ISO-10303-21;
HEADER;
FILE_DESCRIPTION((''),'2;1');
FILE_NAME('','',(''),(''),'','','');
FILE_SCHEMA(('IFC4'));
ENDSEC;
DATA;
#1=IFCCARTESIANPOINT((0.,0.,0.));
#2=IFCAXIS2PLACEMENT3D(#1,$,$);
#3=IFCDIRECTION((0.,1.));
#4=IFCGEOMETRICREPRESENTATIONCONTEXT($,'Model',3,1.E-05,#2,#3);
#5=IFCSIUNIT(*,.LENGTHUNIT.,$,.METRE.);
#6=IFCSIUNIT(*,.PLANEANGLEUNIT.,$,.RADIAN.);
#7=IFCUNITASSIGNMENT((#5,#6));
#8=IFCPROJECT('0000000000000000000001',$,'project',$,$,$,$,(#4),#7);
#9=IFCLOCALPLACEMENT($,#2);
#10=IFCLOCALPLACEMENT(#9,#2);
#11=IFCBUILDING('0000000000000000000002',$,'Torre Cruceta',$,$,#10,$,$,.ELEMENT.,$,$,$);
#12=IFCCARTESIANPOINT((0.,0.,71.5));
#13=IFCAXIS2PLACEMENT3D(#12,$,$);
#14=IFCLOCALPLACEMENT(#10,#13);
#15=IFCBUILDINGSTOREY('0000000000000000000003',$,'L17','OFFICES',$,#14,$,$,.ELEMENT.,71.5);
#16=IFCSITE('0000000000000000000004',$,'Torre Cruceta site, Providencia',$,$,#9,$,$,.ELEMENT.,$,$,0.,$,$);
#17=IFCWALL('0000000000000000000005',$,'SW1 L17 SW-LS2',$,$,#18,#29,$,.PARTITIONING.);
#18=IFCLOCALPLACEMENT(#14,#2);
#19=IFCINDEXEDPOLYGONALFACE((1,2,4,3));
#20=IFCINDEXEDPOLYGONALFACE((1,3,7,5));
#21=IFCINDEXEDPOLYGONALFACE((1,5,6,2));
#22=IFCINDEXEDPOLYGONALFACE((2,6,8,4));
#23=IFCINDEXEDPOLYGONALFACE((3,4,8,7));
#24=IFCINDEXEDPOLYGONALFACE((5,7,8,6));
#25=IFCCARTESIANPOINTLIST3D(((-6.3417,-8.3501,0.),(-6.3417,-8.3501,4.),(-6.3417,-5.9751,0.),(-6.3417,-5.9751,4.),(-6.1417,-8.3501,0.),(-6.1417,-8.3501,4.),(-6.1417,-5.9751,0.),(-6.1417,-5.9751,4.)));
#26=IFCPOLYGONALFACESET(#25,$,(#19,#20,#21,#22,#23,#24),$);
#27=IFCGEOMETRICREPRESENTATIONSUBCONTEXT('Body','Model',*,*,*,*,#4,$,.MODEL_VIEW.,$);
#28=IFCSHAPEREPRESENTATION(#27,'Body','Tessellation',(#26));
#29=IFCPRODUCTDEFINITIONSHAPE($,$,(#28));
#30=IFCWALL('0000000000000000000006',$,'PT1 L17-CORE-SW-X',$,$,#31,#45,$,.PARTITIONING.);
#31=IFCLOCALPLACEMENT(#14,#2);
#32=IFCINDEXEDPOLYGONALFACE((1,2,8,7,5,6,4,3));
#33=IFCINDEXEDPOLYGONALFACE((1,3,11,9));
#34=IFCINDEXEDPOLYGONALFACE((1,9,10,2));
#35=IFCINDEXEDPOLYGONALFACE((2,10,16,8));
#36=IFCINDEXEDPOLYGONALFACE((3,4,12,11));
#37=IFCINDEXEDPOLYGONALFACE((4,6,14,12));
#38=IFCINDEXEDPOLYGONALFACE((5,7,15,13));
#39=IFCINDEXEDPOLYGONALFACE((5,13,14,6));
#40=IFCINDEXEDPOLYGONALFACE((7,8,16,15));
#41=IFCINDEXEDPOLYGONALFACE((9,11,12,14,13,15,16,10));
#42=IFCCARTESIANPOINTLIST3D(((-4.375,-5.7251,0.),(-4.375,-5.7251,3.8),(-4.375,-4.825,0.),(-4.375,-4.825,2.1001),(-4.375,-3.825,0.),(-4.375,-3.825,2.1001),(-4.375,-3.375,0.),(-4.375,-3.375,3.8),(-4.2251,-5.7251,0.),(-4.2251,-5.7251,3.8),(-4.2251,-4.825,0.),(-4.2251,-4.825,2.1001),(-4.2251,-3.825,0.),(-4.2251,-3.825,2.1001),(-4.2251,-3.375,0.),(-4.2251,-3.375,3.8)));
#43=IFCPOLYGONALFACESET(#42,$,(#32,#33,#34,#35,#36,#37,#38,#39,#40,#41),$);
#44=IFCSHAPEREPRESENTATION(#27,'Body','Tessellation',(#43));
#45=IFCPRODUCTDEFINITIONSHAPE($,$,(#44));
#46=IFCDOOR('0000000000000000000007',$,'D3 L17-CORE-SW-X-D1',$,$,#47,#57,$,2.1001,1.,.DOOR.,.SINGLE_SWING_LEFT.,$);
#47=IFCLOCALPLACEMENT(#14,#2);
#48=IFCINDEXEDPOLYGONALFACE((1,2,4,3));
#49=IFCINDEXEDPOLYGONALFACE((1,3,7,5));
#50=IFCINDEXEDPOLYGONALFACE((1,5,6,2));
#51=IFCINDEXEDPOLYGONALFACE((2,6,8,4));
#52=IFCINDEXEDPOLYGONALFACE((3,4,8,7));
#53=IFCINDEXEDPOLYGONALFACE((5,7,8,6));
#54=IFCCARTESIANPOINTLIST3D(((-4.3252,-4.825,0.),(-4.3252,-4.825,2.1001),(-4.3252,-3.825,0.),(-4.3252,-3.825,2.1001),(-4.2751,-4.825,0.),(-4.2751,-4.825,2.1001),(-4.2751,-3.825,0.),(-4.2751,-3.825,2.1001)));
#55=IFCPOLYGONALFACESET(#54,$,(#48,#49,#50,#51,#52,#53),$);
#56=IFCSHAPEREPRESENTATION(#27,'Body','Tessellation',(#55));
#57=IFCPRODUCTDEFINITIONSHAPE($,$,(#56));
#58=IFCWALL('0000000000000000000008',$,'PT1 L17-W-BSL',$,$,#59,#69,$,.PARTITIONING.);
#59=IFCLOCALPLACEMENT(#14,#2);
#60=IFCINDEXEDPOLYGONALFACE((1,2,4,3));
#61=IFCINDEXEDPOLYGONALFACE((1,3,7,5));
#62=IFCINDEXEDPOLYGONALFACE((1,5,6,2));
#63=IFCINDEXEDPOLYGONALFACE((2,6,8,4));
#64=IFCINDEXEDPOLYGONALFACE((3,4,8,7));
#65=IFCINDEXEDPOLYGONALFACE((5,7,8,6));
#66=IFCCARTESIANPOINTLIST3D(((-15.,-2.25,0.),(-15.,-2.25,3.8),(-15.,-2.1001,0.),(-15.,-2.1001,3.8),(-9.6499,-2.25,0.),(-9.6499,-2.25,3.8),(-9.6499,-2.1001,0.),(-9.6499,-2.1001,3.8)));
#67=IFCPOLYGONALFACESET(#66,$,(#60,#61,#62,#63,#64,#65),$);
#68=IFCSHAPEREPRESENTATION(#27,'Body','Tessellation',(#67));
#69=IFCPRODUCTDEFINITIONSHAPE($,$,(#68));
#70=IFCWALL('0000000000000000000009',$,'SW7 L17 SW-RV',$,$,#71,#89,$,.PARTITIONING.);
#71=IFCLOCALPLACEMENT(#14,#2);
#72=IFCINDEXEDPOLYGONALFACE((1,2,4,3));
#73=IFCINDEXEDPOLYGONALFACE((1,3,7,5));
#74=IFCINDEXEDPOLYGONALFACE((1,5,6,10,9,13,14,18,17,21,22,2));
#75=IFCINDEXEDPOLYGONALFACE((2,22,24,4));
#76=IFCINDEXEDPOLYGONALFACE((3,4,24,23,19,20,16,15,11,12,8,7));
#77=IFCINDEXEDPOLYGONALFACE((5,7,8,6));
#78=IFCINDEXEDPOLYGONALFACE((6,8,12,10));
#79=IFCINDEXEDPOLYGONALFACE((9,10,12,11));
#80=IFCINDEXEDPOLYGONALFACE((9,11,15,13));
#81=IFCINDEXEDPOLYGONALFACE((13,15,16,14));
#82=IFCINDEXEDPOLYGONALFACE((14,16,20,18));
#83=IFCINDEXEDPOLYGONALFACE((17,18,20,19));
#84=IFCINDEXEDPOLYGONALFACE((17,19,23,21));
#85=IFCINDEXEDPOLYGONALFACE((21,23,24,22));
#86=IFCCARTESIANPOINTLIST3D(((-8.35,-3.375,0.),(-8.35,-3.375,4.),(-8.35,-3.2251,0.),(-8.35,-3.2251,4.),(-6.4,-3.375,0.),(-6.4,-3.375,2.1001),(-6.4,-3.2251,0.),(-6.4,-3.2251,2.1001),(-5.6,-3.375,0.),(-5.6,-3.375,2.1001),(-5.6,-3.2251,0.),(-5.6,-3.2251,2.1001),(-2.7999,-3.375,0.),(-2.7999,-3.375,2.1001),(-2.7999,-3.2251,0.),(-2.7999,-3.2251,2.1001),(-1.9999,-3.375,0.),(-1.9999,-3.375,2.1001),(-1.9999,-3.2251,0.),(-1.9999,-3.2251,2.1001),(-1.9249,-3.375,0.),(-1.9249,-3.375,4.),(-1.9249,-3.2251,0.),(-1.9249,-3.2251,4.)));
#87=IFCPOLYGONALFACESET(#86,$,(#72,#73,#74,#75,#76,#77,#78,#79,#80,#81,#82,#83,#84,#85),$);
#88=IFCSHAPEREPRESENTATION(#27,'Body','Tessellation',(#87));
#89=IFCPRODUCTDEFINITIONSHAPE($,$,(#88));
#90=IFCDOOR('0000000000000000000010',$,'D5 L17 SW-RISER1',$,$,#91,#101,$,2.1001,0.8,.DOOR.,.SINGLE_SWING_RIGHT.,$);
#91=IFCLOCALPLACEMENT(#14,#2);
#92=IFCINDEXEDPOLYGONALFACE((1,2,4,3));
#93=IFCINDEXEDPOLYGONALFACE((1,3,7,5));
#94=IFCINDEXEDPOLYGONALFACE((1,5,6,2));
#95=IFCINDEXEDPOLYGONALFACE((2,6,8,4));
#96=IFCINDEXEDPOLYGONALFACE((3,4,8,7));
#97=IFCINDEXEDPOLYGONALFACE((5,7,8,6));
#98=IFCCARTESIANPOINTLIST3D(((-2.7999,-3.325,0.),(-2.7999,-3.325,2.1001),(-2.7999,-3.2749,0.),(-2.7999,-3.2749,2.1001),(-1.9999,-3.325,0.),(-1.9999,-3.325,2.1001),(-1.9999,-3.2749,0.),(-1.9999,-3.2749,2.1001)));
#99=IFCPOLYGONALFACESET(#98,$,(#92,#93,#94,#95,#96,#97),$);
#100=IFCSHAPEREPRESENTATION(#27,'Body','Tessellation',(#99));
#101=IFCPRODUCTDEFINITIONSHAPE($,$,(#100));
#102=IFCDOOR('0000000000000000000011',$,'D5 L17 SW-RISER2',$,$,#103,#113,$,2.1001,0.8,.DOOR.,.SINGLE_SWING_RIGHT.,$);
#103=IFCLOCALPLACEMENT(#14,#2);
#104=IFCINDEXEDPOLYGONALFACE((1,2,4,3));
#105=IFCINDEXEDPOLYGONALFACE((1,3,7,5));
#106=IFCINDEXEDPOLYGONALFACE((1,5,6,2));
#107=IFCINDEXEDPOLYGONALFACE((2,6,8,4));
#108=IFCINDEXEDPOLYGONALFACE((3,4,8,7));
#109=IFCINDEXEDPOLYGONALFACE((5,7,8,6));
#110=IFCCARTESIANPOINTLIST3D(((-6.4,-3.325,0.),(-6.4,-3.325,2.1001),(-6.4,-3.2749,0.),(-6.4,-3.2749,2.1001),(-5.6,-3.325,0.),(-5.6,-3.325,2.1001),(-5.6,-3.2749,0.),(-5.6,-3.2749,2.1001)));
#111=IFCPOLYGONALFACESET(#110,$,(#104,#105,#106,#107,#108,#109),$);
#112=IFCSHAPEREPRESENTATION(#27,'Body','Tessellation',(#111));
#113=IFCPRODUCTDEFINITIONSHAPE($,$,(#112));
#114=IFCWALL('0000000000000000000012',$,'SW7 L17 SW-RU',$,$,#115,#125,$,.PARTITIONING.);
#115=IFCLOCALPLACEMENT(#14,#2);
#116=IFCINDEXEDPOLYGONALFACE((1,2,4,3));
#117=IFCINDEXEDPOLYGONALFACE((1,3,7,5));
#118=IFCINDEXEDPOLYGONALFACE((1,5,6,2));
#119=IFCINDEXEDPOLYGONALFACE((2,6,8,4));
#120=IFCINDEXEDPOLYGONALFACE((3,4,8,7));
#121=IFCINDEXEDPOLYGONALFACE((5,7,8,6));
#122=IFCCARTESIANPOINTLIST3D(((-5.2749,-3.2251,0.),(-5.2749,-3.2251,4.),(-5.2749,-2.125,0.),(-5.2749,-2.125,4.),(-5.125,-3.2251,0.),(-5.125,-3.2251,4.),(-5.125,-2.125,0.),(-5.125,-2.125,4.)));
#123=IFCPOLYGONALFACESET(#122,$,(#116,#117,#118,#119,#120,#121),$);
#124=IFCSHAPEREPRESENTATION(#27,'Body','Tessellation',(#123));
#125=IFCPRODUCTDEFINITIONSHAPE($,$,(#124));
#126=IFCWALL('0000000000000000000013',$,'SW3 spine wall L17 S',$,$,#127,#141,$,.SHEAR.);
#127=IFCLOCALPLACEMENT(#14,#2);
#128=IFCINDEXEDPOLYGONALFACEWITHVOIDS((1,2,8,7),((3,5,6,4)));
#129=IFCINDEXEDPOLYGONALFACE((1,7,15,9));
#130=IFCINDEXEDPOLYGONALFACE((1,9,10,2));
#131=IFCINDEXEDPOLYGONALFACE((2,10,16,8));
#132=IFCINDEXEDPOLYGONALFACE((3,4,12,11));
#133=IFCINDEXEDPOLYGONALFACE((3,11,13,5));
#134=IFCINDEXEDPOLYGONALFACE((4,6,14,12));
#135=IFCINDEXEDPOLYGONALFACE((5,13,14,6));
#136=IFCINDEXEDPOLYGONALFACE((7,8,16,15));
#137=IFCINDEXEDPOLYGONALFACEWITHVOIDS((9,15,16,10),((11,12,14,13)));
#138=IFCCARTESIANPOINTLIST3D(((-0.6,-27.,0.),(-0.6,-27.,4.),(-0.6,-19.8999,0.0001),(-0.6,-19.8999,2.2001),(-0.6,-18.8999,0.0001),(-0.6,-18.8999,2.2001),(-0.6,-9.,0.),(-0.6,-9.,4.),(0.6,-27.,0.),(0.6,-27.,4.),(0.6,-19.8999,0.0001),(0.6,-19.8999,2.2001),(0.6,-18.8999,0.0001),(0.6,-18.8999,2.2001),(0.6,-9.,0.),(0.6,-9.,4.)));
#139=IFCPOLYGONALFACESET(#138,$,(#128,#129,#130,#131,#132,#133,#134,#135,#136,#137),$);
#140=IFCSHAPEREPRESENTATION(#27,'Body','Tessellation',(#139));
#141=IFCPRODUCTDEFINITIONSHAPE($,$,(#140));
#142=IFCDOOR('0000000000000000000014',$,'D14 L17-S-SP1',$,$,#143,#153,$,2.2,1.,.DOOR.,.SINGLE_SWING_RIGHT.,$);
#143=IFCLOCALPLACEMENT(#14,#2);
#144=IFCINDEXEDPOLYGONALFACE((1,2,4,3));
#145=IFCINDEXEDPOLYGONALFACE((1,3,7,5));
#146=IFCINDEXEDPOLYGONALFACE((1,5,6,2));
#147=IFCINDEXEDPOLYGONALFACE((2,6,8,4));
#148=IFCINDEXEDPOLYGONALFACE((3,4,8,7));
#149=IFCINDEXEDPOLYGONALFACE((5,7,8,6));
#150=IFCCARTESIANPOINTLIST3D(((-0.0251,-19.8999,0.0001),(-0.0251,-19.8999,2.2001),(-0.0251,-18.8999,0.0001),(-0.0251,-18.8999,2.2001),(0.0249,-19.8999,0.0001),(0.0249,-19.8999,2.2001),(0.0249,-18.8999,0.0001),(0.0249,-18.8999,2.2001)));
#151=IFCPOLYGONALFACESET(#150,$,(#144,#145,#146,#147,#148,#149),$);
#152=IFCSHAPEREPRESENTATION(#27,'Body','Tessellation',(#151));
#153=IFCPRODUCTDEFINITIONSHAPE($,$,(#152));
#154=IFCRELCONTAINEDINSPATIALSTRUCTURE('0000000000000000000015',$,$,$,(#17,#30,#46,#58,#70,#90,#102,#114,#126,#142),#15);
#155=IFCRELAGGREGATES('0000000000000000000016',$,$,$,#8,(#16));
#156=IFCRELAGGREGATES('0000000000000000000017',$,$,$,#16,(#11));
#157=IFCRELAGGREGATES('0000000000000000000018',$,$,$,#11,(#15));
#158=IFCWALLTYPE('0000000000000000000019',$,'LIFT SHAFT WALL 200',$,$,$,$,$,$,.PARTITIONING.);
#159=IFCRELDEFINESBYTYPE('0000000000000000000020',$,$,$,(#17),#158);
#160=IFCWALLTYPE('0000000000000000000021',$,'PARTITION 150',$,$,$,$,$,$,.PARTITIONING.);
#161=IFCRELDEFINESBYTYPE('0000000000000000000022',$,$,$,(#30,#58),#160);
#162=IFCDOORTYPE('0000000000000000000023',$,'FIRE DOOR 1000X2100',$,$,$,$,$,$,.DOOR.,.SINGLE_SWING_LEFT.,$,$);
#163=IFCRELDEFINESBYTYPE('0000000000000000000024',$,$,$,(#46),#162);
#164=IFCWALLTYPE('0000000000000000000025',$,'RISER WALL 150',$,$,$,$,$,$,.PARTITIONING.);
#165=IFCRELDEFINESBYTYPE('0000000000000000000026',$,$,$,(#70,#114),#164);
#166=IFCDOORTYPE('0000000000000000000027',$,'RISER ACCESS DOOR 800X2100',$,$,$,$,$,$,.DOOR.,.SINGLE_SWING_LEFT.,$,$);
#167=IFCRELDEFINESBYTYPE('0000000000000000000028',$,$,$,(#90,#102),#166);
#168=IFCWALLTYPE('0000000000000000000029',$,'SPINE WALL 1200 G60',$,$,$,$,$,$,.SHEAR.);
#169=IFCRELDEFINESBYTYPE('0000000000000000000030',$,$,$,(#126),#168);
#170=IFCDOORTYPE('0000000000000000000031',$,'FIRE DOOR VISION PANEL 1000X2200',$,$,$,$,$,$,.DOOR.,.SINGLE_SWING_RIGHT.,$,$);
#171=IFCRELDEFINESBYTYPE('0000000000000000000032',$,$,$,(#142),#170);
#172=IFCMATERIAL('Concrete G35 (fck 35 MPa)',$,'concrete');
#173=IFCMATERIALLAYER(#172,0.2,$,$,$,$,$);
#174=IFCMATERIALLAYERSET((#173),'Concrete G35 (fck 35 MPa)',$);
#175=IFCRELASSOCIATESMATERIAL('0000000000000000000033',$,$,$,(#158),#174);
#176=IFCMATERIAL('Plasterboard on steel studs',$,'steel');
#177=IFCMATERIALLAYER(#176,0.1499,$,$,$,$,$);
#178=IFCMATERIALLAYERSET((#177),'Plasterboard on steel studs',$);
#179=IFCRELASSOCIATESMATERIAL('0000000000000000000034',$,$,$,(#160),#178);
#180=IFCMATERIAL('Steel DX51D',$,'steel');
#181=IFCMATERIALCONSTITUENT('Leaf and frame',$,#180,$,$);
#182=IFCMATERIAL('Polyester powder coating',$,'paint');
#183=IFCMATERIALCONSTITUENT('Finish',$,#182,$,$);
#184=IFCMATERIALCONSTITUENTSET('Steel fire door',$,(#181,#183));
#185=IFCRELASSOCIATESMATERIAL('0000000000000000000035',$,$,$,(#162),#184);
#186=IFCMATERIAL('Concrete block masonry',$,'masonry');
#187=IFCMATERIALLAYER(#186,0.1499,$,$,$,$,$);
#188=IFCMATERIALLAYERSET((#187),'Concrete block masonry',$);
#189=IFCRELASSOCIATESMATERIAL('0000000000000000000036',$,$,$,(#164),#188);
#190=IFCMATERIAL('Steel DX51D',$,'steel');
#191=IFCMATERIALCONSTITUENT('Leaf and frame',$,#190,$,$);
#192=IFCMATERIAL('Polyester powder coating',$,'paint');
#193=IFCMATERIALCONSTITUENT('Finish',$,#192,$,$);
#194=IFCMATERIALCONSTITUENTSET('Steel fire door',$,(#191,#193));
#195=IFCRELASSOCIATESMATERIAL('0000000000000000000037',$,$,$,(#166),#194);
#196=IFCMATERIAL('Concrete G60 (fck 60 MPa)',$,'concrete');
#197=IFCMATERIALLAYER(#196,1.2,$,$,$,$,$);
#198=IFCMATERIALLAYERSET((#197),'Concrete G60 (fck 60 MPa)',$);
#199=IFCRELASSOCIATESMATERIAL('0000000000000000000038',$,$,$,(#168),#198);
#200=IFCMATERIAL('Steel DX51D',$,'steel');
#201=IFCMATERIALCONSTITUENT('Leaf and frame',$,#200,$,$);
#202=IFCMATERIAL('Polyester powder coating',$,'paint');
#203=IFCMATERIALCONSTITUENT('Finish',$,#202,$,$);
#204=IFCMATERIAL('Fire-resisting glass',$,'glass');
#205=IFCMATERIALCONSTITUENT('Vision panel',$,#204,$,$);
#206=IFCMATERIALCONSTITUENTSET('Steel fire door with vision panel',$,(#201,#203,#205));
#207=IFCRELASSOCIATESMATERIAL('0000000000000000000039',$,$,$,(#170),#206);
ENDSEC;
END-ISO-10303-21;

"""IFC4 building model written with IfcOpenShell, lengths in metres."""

from ifc_helpers import new_model, si_unit, direction, frame, frame_2d, origin, place, context, subcontext, project, spatial, rectangle, extrude, material, layer, layer_set, constituent, constituent_set, type_object, element, fill, save


model = new_model("IFC4")

# Units and contexts
model_context = context("Model", 3, precision=1e-05, world=origin(), true_north=direction((0.0, 1.0)))
body_context = subcontext(model_context, "Body", "Model", "MODEL_VIEW")
ifc_project = project(units=[si_unit("LENGTHUNIT", "METRE"), si_unit("PLANEANGLEUNIT", "RADIAN")], contexts=[model_context])

# Site, building, storey
site_placement = place(None, origin())
site = spatial("IfcSite", under=ifc_project, at=site_placement, Name="Torre Cruceta site, Providencia", CompositionType="ELEMENT", RefElevation=0.0)
building_placement = place(site_placement, origin())
building = spatial("IfcBuilding", under=site, at=building_placement, Name="Torre Cruceta", CompositionType="ELEMENT")
storey_placement = place(building_placement, frame((0.0, 0.0, 71.5)))
storey = spatial("IfcBuildingStorey", under=building, at=storey_placement, Name="L17", Description="OFFICES", CompositionType="ELEMENT", Elevation=71.5)

# Wall
ifc_material_1 = material(Name="Concrete G35 (fck 35 MPa)", Category="concrete")
ifc_layer_1 = layer(ifc_material_1, 0.2)
ifc_layer_set_1 = layer_set([ifc_layer_1], Name="Concrete G35 (fck 35 MPa)")
wall_type_1 = type_object("IfcWallType", Name="LIFT SHAFT WALL 200", PredefinedType="PARTITIONING", material=ifc_layer_set_1)
for number, where, z_axis, x_axis, name in (
    (1, (-6.2417, -5.9751, 0.0), (0.0, 0.0, 1.0), (0.0, -1.0, 0.0), "SW1 L17 SW-LS2"),
):
    element("IfcWall", number, at=place(storey_placement, frame(where, z_axis=z_axis, x_axis=x_axis)), inside=storey, type_object=wall_type_1, Name=name, PredefinedType="PARTITIONING", context=body_context, shape_type="SweptSolid", body=[
        extrude(rectangle(XDim=2.375, YDim=0.2, at=frame_2d((1.1875, 0.0))), origin(), (0.0, 0.0, 1.0), 4.0),
    ])

# Wall, opening, door
ifc_material_2 = material(Name="Plasterboard on steel studs", Category="steel")
ifc_layer_2 = layer(ifc_material_2, 0.1499)
ifc_layer_set_2 = layer_set([ifc_layer_2], Name="Plasterboard on steel studs")
wall_type_2 = type_object("IfcWallType", Name="PARTITION 150", PredefinedType="PARTITIONING", material=ifc_layer_set_2)
wall_1_placement = place(storey_placement, frame((-4.3, -3.375, 0.0), z_axis=(0.0, 0.0, 1.0), x_axis=(0.0, -1.0, 0.0)))
wall_1 = element("IfcWall", 2, at=wall_1_placement, inside=storey, type_object=wall_type_2, Name="PT1 L17-CORE-SW-X", PredefinedType="PARTITIONING", context=body_context, shape_type="SweptSolid", body=[
    extrude(rectangle(XDim=2.3501, YDim=0.1499, at=frame_2d((1.175, 0.0))), origin(), (0.0, 0.0, 1.0), 3.8),
])
opening_1_placement = place(wall_1_placement, frame((0.45, 0.0, 0.0)))
opening_1 = element("IfcOpeningElement", 3, at=opening_1_placement, cuts=wall_1, PredefinedType="OPENING", context=body_context, shape_type="SweptSolid", body=[
    extrude(rectangle(XDim=1.0, YDim=2.1001, at=frame_2d((0.5, 1.05))), frame((0.0, 0.085, 0.0), z_axis=(0.0, -1.0, 0.0), x_axis=(1.0, 0.0, 0.0)), (0.0, 0.0, 1.0), 0.1699),
])
ifc_material_3 = material(Name="Steel DX51D", Category="steel")
ifc_constituent_1 = constituent(ifc_material_3, Name="Leaf and frame")
ifc_material_4 = material(Name="Polyester powder coating", Category="paint")
ifc_constituent_2 = constituent(ifc_material_4, Name="Finish")
ifc_constituent_set_1 = constituent_set(constituents=[ifc_constituent_1, ifc_constituent_2], Name="Steel fire door")
door_type_1 = type_object("IfcDoorType", Name="FIRE DOOR 1000X2100", OperationType="SINGLE_SWING_LEFT", PredefinedType="DOOR", material=ifc_constituent_set_1)
door_1_placement = place(opening_1_placement, origin())
door_1 = element("IfcDoor", 4, at=door_1_placement, inside=storey, type_object=door_type_1, Name="D3 L17-CORE-SW-X-D1", OperationType="SINGLE_SWING_LEFT", OverallHeight=2.1001, OverallWidth=1.0, PredefinedType="DOOR", context=body_context, shape_type="SweptSolid", body=[
    extrude(rectangle(XDim=1.0, YDim=2.1001, at=frame_2d((0.5, 1.05))), frame((0.0, 0.0249, 0.0), z_axis=(0.0, -1.0, 0.0), x_axis=(1.0, 0.0, 0.0)), (0.0, 0.0, 1.0), 0.05),
])
fill(opening_1, door_1)

# Wall
wall_2_placement = place(storey_placement, frame((-9.6499, -2.175, 0.0), z_axis=(0.0, 0.0, 1.0), x_axis=(-1.0, 0.0, 0.0)))
element("IfcWall", 5, at=wall_2_placement, inside=storey, type_object=wall_type_2, Name="PT1 L17-W-BSL", PredefinedType="PARTITIONING", context=body_context, shape_type="SweptSolid", body=[
    extrude(rectangle(XDim=5.3501, YDim=0.1499, at=frame_2d((2.675, 0.0))), origin(), (0.0, 0.0, 1.0), 3.8),
])

# Wall, openings, doors
ifc_material_5 = material(Name="Concrete block masonry", Category="masonry")
ifc_layer_3 = layer(ifc_material_5, 0.1499)
ifc_layer_set_3 = layer_set([ifc_layer_3], Name="Concrete block masonry")
wall_type_3 = type_object("IfcWallType", Name="RISER WALL 150", PredefinedType="PARTITIONING", material=ifc_layer_set_3)
wall_3_placement = place(storey_placement, frame((-1.925, -3.3, 0.0), z_axis=(0.0, 0.0, 1.0), x_axis=(-1.0, 0.0, 0.0)))
wall_3 = element("IfcWall", 6, at=wall_3_placement, inside=storey, type_object=wall_type_3, Name="SW7 L17 SW-RV", PredefinedType="PARTITIONING", context=body_context, shape_type="SweptSolid", body=[
    extrude(rectangle(XDim=6.425, YDim=0.1499, at=frame_2d((3.2124, 0.0))), origin(), (0.0, 0.0, 1.0), 4.0),
])
opening_2_placement = place(wall_3_placement, frame((0.075, 0.0, 0.0)))
opening_2 = element("IfcOpeningElement", 7, at=opening_2_placement, cuts=wall_3, PredefinedType="OPENING", context=body_context, shape_type="SweptSolid", body=[
    extrude(rectangle(XDim=0.8, YDim=2.1001, at=frame_2d((0.3999, 1.05))), frame((0.0, 0.085, 0.0), z_axis=(0.0, -1.0, 0.0), x_axis=(1.0, 0.0, 0.0)), (0.0, 0.0, 1.0), 0.1699),
])
opening_3_placement = place(wall_3_placement, frame((3.675, 0.0, 0.0)))
opening_3 = element("IfcOpeningElement", 8, at=opening_3_placement, cuts=wall_3, PredefinedType="OPENING", context=body_context, shape_type="SweptSolid", body=[
    extrude(rectangle(XDim=0.8, YDim=2.1001, at=frame_2d((0.3999, 1.05))), frame((0.0, 0.085, 0.0), z_axis=(0.0, -1.0, 0.0), x_axis=(1.0, 0.0, 0.0)), (0.0, 0.0, 1.0), 0.1699),
])
ifc_material_6 = material(Name="Steel DX51D", Category="steel")
ifc_constituent_3 = constituent(ifc_material_6, Name="Leaf and frame")
ifc_material_7 = material(Name="Polyester powder coating", Category="paint")
ifc_constituent_4 = constituent(ifc_material_7, Name="Finish")
ifc_constituent_set_2 = constituent_set(constituents=[ifc_constituent_3, ifc_constituent_4], Name="Steel fire door")
door_type_2 = type_object("IfcDoorType", Name="RISER ACCESS DOOR 800X2100", OperationType="SINGLE_SWING_LEFT", PredefinedType="DOOR", material=ifc_constituent_set_2)
door_2_placement = place(opening_2_placement, frame((0.8, 0.0, 0.0), z_axis=(0.0, 0.0, 1.0), x_axis=(-1.0, 0.0, 0.0)))
door_2 = element("IfcDoor", 9, at=door_2_placement, inside=storey, type_object=door_type_2, Name="D5 L17 SW-RISER1", OperationType="SINGLE_SWING_RIGHT", OverallHeight=2.1001, OverallWidth=0.8, PredefinedType="DOOR", context=body_context, shape_type="SweptSolid", body=[
    extrude(rectangle(XDim=0.8, YDim=2.1001, at=frame_2d((0.4001, 1.05))), frame((0.0, 0.0251, 0.0), z_axis=(0.0, -1.0, 0.0), x_axis=(1.0, 0.0, 0.0)), (0.0, 0.0, 1.0), 0.05),
])
fill(opening_2, door_2)
door_3_placement = place(opening_3_placement, frame((0.8, 0.0, 0.0), z_axis=(0.0, 0.0, 1.0), x_axis=(-1.0, 0.0, 0.0)))
door_3 = element("IfcDoor", 10, at=door_3_placement, inside=storey, type_object=door_type_2, Name="D5 L17 SW-RISER2", OperationType="SINGLE_SWING_RIGHT", OverallHeight=2.1001, OverallWidth=0.8, PredefinedType="DOOR", context=body_context, shape_type="SweptSolid", body=[
    extrude(rectangle(XDim=0.8, YDim=2.1001, at=frame_2d((0.4001, 1.05))), frame((0.0, 0.0251, 0.0), z_axis=(0.0, -1.0, 0.0), x_axis=(1.0, 0.0, 0.0)), (0.0, 0.0, 1.0), 0.05),
])
fill(opening_3, door_3)

# Wall
wall_4_placement = place(storey_placement, frame((-5.2, -2.125, 0.0), z_axis=(0.0, 0.0, 1.0), x_axis=(0.0, -1.0, 0.0)))
element("IfcWall", 11, at=wall_4_placement, inside=storey, type_object=wall_type_3, Name="SW7 L17 SW-RU", PredefinedType="PARTITIONING", context=body_context, shape_type="SweptSolid", body=[
    extrude(rectangle(XDim=1.1001, YDim=0.1499, at=frame_2d((0.55, 0.0))), origin(), (0.0, 0.0, 1.0), 4.0),
])

# Wall, opening, door
ifc_material_8 = material(Name="Concrete G60 (fck 60 MPa)", Category="concrete")
ifc_layer_4 = layer(ifc_material_8, 1.2)
ifc_layer_set_4 = layer_set([ifc_layer_4], Name="Concrete G60 (fck 60 MPa)")
wall_type_4 = type_object("IfcWallType", Name="SPINE WALL 1200 G60", PredefinedType="SHEAR", material=ifc_layer_set_4)
wall_5_placement = place(storey_placement, frame((0.0, -9.0, 0.0), z_axis=(0.0, 0.0, 1.0), x_axis=(0.0, -1.0, 0.0)))
wall_5 = element("IfcWall", 12, at=wall_5_placement, inside=storey, type_object=wall_type_4, Name="SW3 spine wall L17 S", PredefinedType="SHEAR", context=body_context, shape_type="SweptSolid", body=[
    extrude(rectangle(XDim=18.0, YDim=1.2, at=frame_2d((9.0, 0.0))), origin(), (0.0, 0.0, 1.0), 4.0),
])
opening_4_placement = place(wall_5_placement, frame((9.8999, 0.0, 0.0)))
opening_4 = element("IfcOpeningElement", 13, at=opening_4_placement, cuts=wall_5, PredefinedType="OPENING", context=body_context, shape_type="SweptSolid", body=[
    extrude(rectangle(XDim=1.0, YDim=2.2, at=frame_2d((0.5, 1.1001))), frame((0.0, 0.6099, 0.0), z_axis=(0.0, -1.0, 0.0), x_axis=(1.0, 0.0, 0.0)), (0.0, 0.0, 1.0), 1.22),
])
ifc_material_9 = material(Name="Steel DX51D", Category="steel")
ifc_constituent_5 = constituent(ifc_material_9, Name="Leaf and frame")
ifc_material_10 = material(Name="Polyester powder coating", Category="paint")
ifc_constituent_6 = constituent(ifc_material_10, Name="Finish")
ifc_material_11 = material(Name="Fire-resisting glass", Category="glass")
ifc_constituent_7 = constituent(ifc_material_11, Name="Vision panel")
ifc_constituent_set_3 = constituent_set(constituents=[ifc_constituent_5, ifc_constituent_6, ifc_constituent_7], Name="Steel fire door with vision panel")
door_type_3 = type_object("IfcDoorType", Name="FIRE DOOR VISION PANEL 1000X2200", OperationType="SINGLE_SWING_RIGHT", PredefinedType="DOOR", material=ifc_constituent_set_3)
door_4_placement = place(opening_4_placement, origin())
door_4 = element("IfcDoor", 14, at=door_4_placement, inside=storey, type_object=door_type_3, Name="D14 L17-S-SP1", OperationType="SINGLE_SWING_RIGHT", OverallHeight=2.2, OverallWidth=1.0, PredefinedType="DOOR", context=body_context, shape_type="SweptSolid", body=[
    extrude(rectangle(XDim=1.0, YDim=2.2, at=frame_2d((0.5, 1.1001))), frame((0.0, 0.0249, 0.0), z_axis=(0.0, -1.0, 0.0), x_axis=(1.0, 0.0, 0.0)), (0.0, 0.0, 1.0), 0.05),
])
fill(opening_4, door_4)

save(model, "model.ifc")
